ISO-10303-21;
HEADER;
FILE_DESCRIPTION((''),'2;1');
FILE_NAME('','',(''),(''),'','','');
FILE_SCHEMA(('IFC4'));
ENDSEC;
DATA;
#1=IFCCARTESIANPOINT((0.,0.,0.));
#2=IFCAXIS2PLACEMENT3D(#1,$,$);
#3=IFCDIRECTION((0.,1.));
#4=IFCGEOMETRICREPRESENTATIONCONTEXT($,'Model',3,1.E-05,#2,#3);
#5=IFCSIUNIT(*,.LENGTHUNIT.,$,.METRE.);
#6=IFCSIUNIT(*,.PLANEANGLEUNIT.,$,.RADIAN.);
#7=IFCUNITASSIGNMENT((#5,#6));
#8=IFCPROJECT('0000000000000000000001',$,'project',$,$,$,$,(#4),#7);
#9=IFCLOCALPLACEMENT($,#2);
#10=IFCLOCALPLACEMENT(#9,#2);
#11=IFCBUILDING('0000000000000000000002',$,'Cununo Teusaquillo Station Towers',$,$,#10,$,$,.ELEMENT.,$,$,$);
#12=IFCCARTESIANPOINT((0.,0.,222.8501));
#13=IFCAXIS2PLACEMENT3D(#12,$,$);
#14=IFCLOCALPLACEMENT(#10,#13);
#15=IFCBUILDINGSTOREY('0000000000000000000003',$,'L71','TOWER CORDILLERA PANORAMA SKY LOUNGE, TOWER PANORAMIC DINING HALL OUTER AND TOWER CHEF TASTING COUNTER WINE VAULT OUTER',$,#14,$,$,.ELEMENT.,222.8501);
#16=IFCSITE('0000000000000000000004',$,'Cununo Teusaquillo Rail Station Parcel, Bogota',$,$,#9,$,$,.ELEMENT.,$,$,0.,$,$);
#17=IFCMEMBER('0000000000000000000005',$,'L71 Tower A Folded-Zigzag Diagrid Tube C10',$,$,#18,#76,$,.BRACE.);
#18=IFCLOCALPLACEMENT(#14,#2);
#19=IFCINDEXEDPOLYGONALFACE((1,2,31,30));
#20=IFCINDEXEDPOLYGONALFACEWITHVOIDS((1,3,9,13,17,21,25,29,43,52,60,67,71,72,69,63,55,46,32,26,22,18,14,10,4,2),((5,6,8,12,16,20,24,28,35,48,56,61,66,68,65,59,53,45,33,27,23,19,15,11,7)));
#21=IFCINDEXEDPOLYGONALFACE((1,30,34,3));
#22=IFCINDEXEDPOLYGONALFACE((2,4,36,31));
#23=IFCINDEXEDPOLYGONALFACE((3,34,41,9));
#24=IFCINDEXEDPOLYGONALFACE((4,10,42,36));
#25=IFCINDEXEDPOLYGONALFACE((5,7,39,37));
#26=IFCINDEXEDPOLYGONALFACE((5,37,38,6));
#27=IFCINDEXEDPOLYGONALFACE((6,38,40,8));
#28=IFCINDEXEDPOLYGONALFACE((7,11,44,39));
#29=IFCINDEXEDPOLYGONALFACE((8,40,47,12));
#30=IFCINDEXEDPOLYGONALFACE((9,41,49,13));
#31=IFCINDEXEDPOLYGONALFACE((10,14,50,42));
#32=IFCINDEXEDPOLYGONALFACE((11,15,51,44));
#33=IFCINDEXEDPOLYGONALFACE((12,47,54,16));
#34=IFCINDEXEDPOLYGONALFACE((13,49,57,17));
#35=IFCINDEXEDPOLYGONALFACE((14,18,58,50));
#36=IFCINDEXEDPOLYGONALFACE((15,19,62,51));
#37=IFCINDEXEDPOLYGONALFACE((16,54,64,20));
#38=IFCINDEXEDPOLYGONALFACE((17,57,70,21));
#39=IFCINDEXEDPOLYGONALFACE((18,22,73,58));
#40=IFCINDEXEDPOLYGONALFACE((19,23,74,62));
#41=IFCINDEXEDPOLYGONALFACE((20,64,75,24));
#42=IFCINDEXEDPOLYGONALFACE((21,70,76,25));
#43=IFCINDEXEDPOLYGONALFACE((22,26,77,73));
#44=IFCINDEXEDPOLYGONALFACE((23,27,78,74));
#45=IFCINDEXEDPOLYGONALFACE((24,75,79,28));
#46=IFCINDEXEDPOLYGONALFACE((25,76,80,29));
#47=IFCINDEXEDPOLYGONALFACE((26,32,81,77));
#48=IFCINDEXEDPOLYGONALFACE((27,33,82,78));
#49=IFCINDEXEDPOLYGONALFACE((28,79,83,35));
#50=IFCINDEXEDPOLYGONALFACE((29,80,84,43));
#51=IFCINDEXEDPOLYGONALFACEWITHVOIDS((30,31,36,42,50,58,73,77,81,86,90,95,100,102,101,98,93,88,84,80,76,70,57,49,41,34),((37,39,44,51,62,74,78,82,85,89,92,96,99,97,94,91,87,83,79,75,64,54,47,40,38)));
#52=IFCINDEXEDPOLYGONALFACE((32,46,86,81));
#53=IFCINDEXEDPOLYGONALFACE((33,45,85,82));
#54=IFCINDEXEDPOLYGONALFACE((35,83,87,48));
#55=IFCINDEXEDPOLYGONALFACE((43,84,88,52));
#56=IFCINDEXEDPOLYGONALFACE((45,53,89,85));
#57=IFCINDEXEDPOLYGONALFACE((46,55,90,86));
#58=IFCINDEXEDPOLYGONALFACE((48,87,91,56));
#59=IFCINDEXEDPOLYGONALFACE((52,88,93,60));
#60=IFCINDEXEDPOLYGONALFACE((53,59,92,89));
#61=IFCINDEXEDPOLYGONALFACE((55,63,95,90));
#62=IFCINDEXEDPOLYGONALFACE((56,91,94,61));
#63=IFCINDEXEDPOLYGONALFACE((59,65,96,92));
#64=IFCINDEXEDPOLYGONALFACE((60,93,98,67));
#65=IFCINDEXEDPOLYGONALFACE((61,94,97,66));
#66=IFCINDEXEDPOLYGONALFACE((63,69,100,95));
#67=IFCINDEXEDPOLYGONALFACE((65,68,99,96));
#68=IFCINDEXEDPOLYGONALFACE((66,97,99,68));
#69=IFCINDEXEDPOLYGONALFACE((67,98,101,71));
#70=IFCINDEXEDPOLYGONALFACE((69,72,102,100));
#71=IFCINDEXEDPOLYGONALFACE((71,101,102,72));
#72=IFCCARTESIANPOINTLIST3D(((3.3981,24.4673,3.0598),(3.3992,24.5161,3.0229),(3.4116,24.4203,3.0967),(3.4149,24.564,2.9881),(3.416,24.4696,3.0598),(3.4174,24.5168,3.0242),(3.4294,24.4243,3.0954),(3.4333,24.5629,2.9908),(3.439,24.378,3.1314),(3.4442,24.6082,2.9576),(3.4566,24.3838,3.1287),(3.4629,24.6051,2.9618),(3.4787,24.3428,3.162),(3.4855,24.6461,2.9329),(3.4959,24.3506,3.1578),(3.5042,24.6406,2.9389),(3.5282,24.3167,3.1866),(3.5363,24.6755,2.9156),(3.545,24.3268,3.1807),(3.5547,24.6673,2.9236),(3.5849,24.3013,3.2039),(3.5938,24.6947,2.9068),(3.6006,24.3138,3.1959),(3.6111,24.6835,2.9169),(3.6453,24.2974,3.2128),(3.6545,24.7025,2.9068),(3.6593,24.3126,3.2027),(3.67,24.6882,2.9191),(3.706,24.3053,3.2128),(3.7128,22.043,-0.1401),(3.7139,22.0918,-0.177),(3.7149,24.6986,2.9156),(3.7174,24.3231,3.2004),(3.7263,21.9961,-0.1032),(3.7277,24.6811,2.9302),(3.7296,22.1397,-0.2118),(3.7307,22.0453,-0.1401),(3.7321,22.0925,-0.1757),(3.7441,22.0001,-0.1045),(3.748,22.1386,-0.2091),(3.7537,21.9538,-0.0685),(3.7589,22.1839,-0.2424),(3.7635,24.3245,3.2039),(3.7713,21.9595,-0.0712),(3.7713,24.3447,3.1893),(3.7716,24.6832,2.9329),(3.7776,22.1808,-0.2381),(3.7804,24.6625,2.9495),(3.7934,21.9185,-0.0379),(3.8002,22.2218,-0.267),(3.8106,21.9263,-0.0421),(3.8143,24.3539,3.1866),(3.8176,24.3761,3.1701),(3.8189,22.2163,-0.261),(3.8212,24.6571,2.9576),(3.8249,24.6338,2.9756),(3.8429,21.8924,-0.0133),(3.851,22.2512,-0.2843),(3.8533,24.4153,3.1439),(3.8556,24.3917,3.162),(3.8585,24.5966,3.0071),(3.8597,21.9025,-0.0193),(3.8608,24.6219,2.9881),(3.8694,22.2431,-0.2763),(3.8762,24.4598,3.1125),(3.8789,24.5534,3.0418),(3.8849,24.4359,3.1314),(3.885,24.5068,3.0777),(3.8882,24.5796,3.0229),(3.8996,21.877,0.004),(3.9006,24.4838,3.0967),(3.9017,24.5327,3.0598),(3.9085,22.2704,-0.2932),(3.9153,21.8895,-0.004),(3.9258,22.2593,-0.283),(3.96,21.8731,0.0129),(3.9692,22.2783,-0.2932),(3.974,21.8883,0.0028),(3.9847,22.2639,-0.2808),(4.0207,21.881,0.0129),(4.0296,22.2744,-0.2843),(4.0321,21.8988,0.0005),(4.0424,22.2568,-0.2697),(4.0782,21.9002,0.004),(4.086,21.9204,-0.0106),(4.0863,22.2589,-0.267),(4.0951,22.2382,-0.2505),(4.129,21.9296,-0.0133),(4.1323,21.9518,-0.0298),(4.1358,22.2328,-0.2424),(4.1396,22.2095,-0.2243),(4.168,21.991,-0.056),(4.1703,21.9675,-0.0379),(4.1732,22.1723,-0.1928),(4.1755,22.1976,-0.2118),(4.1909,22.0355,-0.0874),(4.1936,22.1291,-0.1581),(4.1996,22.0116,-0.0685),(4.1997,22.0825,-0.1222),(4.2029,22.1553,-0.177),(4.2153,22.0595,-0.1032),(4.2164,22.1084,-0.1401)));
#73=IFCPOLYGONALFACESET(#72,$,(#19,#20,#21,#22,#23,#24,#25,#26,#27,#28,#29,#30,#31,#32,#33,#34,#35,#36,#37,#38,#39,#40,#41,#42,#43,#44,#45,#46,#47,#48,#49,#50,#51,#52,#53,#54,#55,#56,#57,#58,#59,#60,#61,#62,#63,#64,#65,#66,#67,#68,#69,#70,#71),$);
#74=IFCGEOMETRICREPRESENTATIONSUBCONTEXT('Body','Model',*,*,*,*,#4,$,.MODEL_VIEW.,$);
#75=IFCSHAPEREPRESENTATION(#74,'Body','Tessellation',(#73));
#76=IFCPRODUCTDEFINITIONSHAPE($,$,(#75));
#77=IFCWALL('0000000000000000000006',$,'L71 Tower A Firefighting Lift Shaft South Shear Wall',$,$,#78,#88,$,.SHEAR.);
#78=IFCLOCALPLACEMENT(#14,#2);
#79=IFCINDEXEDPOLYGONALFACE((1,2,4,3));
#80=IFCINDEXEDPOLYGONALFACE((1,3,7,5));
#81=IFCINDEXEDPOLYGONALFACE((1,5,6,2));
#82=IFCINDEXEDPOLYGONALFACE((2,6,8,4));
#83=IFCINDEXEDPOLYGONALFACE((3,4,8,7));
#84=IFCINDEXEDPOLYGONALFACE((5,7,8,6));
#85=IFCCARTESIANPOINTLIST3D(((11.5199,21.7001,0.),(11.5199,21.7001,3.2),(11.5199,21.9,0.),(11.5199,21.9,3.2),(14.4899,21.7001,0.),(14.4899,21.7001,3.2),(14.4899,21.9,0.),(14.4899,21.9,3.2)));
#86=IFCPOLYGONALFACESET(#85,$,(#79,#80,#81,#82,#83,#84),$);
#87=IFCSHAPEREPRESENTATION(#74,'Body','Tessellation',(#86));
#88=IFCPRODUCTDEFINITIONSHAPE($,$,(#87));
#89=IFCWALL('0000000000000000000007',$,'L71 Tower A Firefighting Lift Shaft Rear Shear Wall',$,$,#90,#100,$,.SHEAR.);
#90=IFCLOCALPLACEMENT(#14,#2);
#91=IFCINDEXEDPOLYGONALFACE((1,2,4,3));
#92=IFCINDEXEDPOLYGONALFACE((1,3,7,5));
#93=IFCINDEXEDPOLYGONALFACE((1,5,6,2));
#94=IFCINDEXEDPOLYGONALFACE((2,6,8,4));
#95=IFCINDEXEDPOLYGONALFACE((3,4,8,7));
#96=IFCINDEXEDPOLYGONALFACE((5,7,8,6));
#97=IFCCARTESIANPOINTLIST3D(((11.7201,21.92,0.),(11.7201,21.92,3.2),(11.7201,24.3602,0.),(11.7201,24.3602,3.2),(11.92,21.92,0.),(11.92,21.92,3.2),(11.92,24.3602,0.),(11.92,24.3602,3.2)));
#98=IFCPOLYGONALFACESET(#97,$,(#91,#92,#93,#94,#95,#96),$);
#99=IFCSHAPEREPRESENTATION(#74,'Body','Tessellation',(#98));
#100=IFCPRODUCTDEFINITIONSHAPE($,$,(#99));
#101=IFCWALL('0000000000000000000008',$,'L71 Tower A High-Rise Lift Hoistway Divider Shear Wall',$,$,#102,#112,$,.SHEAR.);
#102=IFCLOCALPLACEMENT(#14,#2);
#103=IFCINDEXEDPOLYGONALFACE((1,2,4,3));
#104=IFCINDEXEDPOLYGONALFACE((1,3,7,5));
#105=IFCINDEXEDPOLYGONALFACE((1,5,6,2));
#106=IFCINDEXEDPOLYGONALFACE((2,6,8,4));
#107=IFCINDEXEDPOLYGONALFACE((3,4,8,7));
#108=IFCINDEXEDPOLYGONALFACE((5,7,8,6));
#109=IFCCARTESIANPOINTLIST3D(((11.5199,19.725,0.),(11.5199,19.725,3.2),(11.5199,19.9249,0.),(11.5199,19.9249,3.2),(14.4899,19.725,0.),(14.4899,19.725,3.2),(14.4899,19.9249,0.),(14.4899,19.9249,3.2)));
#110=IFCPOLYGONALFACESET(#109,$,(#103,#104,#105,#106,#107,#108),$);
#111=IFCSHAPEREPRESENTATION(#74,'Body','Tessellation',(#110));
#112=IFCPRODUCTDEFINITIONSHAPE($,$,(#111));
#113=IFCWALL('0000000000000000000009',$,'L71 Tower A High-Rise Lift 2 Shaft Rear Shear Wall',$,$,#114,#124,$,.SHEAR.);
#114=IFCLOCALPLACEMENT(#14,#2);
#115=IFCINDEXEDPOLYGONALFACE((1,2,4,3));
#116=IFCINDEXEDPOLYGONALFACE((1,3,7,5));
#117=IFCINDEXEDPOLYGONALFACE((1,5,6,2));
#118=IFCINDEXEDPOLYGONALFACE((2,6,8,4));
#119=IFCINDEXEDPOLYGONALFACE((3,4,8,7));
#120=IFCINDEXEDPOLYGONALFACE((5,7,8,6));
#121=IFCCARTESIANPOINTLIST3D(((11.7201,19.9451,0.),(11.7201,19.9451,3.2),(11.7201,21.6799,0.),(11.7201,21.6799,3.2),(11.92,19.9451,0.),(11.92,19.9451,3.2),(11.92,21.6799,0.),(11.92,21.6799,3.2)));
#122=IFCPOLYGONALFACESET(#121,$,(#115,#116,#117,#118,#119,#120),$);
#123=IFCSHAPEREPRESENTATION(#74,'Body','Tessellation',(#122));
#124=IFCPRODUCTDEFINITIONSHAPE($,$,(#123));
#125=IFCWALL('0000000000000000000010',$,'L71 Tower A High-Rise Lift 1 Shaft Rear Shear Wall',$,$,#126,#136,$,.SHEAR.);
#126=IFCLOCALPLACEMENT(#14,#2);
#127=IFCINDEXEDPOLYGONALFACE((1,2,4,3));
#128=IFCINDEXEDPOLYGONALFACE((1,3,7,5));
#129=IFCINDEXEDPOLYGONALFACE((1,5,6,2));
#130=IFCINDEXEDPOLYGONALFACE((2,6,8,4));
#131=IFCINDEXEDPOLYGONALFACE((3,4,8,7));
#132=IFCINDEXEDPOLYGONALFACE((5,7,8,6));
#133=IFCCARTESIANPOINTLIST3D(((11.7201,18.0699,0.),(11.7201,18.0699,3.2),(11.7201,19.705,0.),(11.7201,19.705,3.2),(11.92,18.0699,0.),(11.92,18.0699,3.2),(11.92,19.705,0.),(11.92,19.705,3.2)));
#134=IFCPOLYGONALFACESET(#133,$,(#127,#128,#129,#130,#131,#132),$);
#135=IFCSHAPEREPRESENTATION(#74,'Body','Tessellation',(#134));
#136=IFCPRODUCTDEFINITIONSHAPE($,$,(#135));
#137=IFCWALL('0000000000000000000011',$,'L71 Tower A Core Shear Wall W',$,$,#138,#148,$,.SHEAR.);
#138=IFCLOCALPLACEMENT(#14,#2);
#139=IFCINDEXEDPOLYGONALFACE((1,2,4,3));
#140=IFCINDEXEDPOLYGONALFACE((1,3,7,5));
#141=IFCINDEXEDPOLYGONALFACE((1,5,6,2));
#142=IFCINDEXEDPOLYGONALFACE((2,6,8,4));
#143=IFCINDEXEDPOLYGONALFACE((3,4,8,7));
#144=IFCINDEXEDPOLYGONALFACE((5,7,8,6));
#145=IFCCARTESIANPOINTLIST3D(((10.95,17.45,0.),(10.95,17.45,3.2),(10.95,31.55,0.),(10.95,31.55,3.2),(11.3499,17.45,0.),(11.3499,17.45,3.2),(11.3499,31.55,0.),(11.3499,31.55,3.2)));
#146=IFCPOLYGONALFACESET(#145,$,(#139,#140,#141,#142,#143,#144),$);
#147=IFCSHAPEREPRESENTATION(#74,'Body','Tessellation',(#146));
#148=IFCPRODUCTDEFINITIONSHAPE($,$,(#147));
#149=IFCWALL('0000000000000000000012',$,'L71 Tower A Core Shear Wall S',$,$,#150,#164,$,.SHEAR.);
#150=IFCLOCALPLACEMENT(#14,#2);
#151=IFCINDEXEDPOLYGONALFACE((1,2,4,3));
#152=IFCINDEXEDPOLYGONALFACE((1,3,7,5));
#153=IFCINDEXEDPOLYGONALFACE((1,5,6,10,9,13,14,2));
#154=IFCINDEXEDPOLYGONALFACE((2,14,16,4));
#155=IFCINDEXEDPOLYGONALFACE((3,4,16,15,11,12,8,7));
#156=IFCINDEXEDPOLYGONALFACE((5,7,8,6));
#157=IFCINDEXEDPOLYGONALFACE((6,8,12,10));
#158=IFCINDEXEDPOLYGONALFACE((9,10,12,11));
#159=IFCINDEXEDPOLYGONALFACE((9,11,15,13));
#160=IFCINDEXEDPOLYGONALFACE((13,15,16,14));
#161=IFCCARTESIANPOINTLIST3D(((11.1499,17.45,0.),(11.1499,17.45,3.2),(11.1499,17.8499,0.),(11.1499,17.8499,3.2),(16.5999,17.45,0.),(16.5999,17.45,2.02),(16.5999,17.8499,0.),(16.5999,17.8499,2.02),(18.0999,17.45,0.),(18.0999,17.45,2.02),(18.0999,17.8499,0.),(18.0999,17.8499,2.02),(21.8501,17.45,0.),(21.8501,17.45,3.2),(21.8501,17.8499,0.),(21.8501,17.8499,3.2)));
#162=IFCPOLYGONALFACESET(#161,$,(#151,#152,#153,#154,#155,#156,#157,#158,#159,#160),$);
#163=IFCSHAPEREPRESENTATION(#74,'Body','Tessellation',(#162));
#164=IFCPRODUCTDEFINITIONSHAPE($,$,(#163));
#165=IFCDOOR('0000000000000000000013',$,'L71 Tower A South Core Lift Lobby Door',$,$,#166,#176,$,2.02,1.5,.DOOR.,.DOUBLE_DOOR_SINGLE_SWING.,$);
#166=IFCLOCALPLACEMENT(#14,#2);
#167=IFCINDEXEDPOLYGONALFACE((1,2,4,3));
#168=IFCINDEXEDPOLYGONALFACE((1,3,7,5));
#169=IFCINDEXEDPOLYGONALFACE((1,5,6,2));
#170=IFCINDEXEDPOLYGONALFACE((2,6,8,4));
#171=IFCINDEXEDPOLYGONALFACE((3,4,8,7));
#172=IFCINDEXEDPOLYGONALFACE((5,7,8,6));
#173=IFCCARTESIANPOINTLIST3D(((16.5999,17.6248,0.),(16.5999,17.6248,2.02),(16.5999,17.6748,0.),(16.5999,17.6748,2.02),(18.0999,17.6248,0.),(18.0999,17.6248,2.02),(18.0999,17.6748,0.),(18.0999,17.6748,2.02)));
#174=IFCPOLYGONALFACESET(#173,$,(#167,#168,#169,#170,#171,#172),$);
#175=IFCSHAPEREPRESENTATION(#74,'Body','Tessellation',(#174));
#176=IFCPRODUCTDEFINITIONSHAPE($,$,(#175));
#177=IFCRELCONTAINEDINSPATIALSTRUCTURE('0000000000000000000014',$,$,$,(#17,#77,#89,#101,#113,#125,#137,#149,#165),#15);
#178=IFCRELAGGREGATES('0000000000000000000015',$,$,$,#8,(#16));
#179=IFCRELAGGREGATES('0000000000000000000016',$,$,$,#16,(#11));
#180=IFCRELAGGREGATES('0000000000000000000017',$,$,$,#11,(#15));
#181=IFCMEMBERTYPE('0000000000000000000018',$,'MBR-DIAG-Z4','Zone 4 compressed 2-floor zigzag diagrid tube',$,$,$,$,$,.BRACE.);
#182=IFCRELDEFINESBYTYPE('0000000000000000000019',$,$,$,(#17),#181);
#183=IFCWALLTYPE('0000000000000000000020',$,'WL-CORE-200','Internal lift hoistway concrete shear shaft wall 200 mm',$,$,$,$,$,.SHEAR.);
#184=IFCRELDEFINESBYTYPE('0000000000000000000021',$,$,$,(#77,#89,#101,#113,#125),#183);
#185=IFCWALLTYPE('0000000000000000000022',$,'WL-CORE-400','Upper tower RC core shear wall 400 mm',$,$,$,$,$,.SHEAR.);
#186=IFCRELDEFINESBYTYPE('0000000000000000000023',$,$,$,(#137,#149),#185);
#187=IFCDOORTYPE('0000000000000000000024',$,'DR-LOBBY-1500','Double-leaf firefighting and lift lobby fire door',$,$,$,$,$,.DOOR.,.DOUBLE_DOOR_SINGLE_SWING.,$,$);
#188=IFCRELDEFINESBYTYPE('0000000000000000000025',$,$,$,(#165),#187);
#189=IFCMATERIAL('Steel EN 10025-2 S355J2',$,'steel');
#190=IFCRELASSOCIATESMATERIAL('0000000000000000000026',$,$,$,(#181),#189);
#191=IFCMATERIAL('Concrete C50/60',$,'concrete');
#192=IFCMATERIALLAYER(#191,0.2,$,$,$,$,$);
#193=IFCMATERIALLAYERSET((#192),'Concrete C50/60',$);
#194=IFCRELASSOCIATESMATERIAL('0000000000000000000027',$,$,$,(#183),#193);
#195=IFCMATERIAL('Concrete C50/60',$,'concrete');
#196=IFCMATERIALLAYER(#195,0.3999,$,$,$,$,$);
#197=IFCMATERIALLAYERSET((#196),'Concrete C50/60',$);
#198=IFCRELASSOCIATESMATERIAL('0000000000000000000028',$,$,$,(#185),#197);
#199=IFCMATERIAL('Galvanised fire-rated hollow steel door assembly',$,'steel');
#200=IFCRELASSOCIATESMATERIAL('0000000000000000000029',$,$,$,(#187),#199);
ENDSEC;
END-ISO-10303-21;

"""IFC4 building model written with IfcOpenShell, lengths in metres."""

from ifc_helpers import new_model, si_unit, direction, frame, frame_2d, origin, origin_2d, place, context, subcontext, project, spatial, rectangle, hollow_circle, extrude, source, transform, mapped, material, layer, layer_set, material_profile, profile_set, type_object, element, fill, save


model = new_model("IFC4")

# Units and contexts
model_context = context("Model", 3, precision=1e-05, world=origin(), true_north=direction((0.0, 1.0)))
body_context = subcontext(model_context, "Body", "Model", "MODEL_VIEW")
ifc_project = project(units=[si_unit("LENGTHUNIT", "METRE"), si_unit("PLANEANGLEUNIT", "RADIAN")], contexts=[model_context])

# Site, building, storey
site_placement = place(None, origin())
site = spatial("IfcSite", under=ifc_project, at=site_placement, Name="Cununo Teusaquillo Rail Station Parcel, Bogota", CompositionType="ELEMENT", RefElevation=0.0)
building_placement = place(site_placement, origin())
building = spatial("IfcBuilding", under=site, at=building_placement, Name="Cununo Teusaquillo Station Towers", CompositionType="ELEMENT")
storey_placement = place(building_placement, frame((0.0, 0.0, 222.8501)))
storey = spatial("IfcBuildingStorey", under=building, at=storey_placement, Name="L71", Description="TOWER CORDILLERA PANORAMA SKY LOUNGE, TOWER PANORAMIC DINING HALL OUTER AND TOWER CHEF TASTING COUNTER WINE VAULT OUTER", CompositionType="ELEMENT", Elevation=222.8501)

# Member
ifc_material_1 = material(Name="Steel EN 10025-2 S355J2", Category="steel")
ifc_material_profile_1 = material_profile(ifc_material_1, hollow_circle(Radius=0.2539, WallThickness=0.0181, at=origin_2d()), Name="CHS 508x18")
ifc_profile_set_1 = profile_set([ifc_material_profile_1], Name="Steel EN 10025-2 S355J2")
member_type = type_object("IfcMemberType", Name="MBR-DIAG-Z4", Description="Zone 4 compressed 2-floor zigzag diagrid tube", PredefinedType="BRACE", material=ifc_profile_set_1)
member_placement = place(storey_placement, frame((3.9646, 22.0757, -0.1401), z_axis=(-0.078149, 0.602028, 0.794641), x_axis=(-0.99168, -0.128729, 0.0)))
element("IfcMember", 1, at=member_placement, inside=storey, type_object=member_type, Name="L71 Tower A Folded-Zigzag Diagrid Tube C10", PredefinedType="BRACE", context=body_context, shape_type="SweptSolid", body=[
    extrude(hollow_circle(Radius=0.2539, WallThickness=0.0181, at=origin_2d()), origin(), (0.0, 0.0, 1.0), 4.0269),
])

# Walls
ifc_material_2 = material(Name="Concrete C50/60", Category="concrete")
ifc_layer_1 = layer(ifc_material_2, 0.2)
ifc_layer_set_1 = layer_set([ifc_layer_1], Name="Concrete C50/60")
wall_type_1 = type_object("IfcWallType", Name="WL-CORE-200", Description="Internal lift hoistway concrete shear shaft wall 200 mm", PredefinedType="SHEAR", material=ifc_layer_set_1)
wall_1_placement = place(storey_placement, frame((11.52, 21.8, 0.0), z_axis=(0.0, 0.0, 1.0), x_axis=(1.0, 0.0, 0.0)))
element("IfcWall", 2, at=wall_1_placement, inside=storey, type_object=wall_type_1, Name="L71 Tower A Firefighting Lift Shaft South Shear Wall", PredefinedType="SHEAR", context=body_context, shape_type="SweptSolid", body=[
    extrude(rectangle(XDim=2.97, YDim=0.2, at=frame_2d((1.4849, 0.0))), origin(), (0.0, 0.0, 1.0), 3.2),
])
wall_2_placement = place(storey_placement, frame((11.8201, 21.9199, 0.0), z_axis=(0.0, 0.0, 1.0), x_axis=(0.0, 1.0, 0.0)))
element("IfcWall", 3, at=wall_2_placement, inside=storey, type_object=wall_type_1, Name="L71 Tower A Firefighting Lift Shaft Rear Shear Wall", PredefinedType="SHEAR", context=body_context, shape_type="SweptSolid", body=[
    extrude(rectangle(XDim=2.4402, YDim=0.2, at=frame_2d((1.2202, 0.0))), origin(), (0.0, 0.0, 1.0), 3.2),
])
wall_3_placement = place(storey_placement, frame((11.52, 19.825, 0.0), z_axis=(0.0, 0.0, 1.0), x_axis=(1.0, 0.0, 0.0)))
element("IfcWall", 4, at=wall_3_placement, inside=storey, type_object=wall_type_1, Name="L71 Tower A High-Rise Lift Hoistway Divider Shear Wall", PredefinedType="SHEAR", context=body_context, shape_type="SweptSolid", body=[
    extrude(rectangle(XDim=2.97, YDim=0.2, at=frame_2d((1.4849, 0.0))), origin(), (0.0, 0.0, 1.0), 3.2),
])
wall_4_placement = place(storey_placement, frame((11.8201, 19.9451, 0.0), z_axis=(0.0, 0.0, 1.0), x_axis=(0.0, 1.0, 0.0)))
element("IfcWall", 5, at=wall_4_placement, inside=storey, type_object=wall_type_1, Name="L71 Tower A High-Rise Lift 2 Shaft Rear Shear Wall", PredefinedType="SHEAR", context=body_context, shape_type="SweptSolid", body=[
    extrude(rectangle(XDim=1.7349, YDim=0.2, at=frame_2d((0.8674, 0.0))), origin(), (0.0, 0.0, 1.0), 3.2),
])
wall_5_placement = place(storey_placement, frame((11.8201, 18.0701, 0.0), z_axis=(0.0, 0.0, 1.0), x_axis=(0.0, 1.0, 0.0)))
element("IfcWall", 6, at=wall_5_placement, inside=storey, type_object=wall_type_1, Name="L71 Tower A High-Rise Lift 1 Shaft Rear Shear Wall", PredefinedType="SHEAR", context=body_context, shape_type="SweptSolid", body=[
    extrude(rectangle(XDim=1.635, YDim=0.2, at=frame_2d((0.8174, 0.0))), origin(), (0.0, 0.0, 1.0), 3.2),
])
ifc_material_3 = material(Name="Concrete C50/60", Category="concrete")
ifc_layer_2 = layer(ifc_material_3, 0.3999)
ifc_layer_set_2 = layer_set([ifc_layer_2], Name="Concrete C50/60")
wall_type_2 = type_object("IfcWallType", Name="WL-CORE-400", Description="Upper tower RC core shear wall 400 mm", PredefinedType="SHEAR", material=ifc_layer_set_2)
wall_6_placement = place(storey_placement, frame((11.1499, 17.45, 0.0), z_axis=(0.0, 0.0, 1.0), x_axis=(0.0, 1.0, 0.0)))
element("IfcWall", 7, at=wall_6_placement, inside=storey, type_object=wall_type_2, Name="L71 Tower A Core Shear Wall W", PredefinedType="SHEAR", context=body_context, shape_type="SweptSolid", body=[
    extrude(rectangle(XDim=14.1001, YDim=0.3999, at=frame_2d((7.05, 0.0))), origin(), (0.0, 0.0, 1.0), 3.2),
])

# Wall, opening, door
wall_7_placement = place(storey_placement, frame((11.1499, 17.6499, 0.0), z_axis=(0.0, 0.0, 1.0), x_axis=(1.0, 0.0, 0.0)))
wall_7 = element("IfcWall", 8, at=wall_7_placement, inside=storey, type_object=wall_type_2, Name="L71 Tower A Core Shear Wall S", PredefinedType="SHEAR", context=body_context, shape_type="SweptSolid", body=[
    extrude(rectangle(XDim=10.7002, YDim=0.3999, at=frame_2d((5.3501, 0.0))), origin(), (0.0, 0.0, 1.0), 3.2),
])
shared_shape_1 = source(origin(), body_context, "Body", "SweptSolid", [
    extrude(rectangle(XDim=1.5, YDim=2.02, at=frame_2d((0.75, 1.01))), frame((0.0, 0.21, 0.0), z_axis=(0.0, -1.0, 0.0), x_axis=(1.0, 0.0, 0.0)), (0.0, 0.0, 1.0), 0.4199),
])
opening_1_placement = place(wall_7_placement, frame((5.45, 0.0, 0.0)))
opening_1 = element("IfcOpeningElement", 9, at=opening_1_placement, cuts=wall_7, PredefinedType="OPENING", context=body_context, shape_type="MappedRepresentation", body=[
    mapped(shared_shape_1, transform((0.0, 0.0, 0.0), x_axis=(1.0, 0.0, 0.0), y_axis=(0.0, 1.0, 0.0), z_axis=(0.0, 0.0, 1.0), scale=1.0)),
])
ifc_material_4 = material(Name="Galvanised fire-rated hollow steel door assembly", Category="steel")
door_type_1 = type_object("IfcDoorType", Name="DR-LOBBY-1500", Description="Double-leaf firefighting and lift lobby fire door", OperationType="DOUBLE_DOOR_SINGLE_SWING", PredefinedType="DOOR", material=ifc_material_4)
shared_shape_2 = source(origin(), body_context, "Body", "SweptSolid", [
    extrude(rectangle(XDim=1.5, YDim=2.02, at=frame_2d((0.75, 1.01))), frame((0.0, 0.0249, 0.0), z_axis=(0.0, -1.0, 0.0), x_axis=(1.0, 0.0, 0.0)), (0.0, 0.0, 1.0), 0.05),
])
door_1_placement = place(opening_1_placement, origin())
door_1 = element("IfcDoor", 10, at=door_1_placement, inside=storey, type_object=door_type_1, Name="L71 Tower A South Core Lift Lobby Door", OperationType="DOUBLE_DOOR_SINGLE_SWING", OverallHeight=2.02, OverallWidth=1.5, PredefinedType="DOOR", context=body_context, shape_type="MappedRepresentation", body=[
    mapped(shared_shape_2, transform((0.0, 0.0, 0.0), x_axis=(1.0, 0.0, 0.0), y_axis=(0.0, 1.0, 0.0), z_axis=(0.0, 0.0, 1.0), scale=1.0)),
])
fill(opening_1, door_1)

save(model, "model.ifc")
